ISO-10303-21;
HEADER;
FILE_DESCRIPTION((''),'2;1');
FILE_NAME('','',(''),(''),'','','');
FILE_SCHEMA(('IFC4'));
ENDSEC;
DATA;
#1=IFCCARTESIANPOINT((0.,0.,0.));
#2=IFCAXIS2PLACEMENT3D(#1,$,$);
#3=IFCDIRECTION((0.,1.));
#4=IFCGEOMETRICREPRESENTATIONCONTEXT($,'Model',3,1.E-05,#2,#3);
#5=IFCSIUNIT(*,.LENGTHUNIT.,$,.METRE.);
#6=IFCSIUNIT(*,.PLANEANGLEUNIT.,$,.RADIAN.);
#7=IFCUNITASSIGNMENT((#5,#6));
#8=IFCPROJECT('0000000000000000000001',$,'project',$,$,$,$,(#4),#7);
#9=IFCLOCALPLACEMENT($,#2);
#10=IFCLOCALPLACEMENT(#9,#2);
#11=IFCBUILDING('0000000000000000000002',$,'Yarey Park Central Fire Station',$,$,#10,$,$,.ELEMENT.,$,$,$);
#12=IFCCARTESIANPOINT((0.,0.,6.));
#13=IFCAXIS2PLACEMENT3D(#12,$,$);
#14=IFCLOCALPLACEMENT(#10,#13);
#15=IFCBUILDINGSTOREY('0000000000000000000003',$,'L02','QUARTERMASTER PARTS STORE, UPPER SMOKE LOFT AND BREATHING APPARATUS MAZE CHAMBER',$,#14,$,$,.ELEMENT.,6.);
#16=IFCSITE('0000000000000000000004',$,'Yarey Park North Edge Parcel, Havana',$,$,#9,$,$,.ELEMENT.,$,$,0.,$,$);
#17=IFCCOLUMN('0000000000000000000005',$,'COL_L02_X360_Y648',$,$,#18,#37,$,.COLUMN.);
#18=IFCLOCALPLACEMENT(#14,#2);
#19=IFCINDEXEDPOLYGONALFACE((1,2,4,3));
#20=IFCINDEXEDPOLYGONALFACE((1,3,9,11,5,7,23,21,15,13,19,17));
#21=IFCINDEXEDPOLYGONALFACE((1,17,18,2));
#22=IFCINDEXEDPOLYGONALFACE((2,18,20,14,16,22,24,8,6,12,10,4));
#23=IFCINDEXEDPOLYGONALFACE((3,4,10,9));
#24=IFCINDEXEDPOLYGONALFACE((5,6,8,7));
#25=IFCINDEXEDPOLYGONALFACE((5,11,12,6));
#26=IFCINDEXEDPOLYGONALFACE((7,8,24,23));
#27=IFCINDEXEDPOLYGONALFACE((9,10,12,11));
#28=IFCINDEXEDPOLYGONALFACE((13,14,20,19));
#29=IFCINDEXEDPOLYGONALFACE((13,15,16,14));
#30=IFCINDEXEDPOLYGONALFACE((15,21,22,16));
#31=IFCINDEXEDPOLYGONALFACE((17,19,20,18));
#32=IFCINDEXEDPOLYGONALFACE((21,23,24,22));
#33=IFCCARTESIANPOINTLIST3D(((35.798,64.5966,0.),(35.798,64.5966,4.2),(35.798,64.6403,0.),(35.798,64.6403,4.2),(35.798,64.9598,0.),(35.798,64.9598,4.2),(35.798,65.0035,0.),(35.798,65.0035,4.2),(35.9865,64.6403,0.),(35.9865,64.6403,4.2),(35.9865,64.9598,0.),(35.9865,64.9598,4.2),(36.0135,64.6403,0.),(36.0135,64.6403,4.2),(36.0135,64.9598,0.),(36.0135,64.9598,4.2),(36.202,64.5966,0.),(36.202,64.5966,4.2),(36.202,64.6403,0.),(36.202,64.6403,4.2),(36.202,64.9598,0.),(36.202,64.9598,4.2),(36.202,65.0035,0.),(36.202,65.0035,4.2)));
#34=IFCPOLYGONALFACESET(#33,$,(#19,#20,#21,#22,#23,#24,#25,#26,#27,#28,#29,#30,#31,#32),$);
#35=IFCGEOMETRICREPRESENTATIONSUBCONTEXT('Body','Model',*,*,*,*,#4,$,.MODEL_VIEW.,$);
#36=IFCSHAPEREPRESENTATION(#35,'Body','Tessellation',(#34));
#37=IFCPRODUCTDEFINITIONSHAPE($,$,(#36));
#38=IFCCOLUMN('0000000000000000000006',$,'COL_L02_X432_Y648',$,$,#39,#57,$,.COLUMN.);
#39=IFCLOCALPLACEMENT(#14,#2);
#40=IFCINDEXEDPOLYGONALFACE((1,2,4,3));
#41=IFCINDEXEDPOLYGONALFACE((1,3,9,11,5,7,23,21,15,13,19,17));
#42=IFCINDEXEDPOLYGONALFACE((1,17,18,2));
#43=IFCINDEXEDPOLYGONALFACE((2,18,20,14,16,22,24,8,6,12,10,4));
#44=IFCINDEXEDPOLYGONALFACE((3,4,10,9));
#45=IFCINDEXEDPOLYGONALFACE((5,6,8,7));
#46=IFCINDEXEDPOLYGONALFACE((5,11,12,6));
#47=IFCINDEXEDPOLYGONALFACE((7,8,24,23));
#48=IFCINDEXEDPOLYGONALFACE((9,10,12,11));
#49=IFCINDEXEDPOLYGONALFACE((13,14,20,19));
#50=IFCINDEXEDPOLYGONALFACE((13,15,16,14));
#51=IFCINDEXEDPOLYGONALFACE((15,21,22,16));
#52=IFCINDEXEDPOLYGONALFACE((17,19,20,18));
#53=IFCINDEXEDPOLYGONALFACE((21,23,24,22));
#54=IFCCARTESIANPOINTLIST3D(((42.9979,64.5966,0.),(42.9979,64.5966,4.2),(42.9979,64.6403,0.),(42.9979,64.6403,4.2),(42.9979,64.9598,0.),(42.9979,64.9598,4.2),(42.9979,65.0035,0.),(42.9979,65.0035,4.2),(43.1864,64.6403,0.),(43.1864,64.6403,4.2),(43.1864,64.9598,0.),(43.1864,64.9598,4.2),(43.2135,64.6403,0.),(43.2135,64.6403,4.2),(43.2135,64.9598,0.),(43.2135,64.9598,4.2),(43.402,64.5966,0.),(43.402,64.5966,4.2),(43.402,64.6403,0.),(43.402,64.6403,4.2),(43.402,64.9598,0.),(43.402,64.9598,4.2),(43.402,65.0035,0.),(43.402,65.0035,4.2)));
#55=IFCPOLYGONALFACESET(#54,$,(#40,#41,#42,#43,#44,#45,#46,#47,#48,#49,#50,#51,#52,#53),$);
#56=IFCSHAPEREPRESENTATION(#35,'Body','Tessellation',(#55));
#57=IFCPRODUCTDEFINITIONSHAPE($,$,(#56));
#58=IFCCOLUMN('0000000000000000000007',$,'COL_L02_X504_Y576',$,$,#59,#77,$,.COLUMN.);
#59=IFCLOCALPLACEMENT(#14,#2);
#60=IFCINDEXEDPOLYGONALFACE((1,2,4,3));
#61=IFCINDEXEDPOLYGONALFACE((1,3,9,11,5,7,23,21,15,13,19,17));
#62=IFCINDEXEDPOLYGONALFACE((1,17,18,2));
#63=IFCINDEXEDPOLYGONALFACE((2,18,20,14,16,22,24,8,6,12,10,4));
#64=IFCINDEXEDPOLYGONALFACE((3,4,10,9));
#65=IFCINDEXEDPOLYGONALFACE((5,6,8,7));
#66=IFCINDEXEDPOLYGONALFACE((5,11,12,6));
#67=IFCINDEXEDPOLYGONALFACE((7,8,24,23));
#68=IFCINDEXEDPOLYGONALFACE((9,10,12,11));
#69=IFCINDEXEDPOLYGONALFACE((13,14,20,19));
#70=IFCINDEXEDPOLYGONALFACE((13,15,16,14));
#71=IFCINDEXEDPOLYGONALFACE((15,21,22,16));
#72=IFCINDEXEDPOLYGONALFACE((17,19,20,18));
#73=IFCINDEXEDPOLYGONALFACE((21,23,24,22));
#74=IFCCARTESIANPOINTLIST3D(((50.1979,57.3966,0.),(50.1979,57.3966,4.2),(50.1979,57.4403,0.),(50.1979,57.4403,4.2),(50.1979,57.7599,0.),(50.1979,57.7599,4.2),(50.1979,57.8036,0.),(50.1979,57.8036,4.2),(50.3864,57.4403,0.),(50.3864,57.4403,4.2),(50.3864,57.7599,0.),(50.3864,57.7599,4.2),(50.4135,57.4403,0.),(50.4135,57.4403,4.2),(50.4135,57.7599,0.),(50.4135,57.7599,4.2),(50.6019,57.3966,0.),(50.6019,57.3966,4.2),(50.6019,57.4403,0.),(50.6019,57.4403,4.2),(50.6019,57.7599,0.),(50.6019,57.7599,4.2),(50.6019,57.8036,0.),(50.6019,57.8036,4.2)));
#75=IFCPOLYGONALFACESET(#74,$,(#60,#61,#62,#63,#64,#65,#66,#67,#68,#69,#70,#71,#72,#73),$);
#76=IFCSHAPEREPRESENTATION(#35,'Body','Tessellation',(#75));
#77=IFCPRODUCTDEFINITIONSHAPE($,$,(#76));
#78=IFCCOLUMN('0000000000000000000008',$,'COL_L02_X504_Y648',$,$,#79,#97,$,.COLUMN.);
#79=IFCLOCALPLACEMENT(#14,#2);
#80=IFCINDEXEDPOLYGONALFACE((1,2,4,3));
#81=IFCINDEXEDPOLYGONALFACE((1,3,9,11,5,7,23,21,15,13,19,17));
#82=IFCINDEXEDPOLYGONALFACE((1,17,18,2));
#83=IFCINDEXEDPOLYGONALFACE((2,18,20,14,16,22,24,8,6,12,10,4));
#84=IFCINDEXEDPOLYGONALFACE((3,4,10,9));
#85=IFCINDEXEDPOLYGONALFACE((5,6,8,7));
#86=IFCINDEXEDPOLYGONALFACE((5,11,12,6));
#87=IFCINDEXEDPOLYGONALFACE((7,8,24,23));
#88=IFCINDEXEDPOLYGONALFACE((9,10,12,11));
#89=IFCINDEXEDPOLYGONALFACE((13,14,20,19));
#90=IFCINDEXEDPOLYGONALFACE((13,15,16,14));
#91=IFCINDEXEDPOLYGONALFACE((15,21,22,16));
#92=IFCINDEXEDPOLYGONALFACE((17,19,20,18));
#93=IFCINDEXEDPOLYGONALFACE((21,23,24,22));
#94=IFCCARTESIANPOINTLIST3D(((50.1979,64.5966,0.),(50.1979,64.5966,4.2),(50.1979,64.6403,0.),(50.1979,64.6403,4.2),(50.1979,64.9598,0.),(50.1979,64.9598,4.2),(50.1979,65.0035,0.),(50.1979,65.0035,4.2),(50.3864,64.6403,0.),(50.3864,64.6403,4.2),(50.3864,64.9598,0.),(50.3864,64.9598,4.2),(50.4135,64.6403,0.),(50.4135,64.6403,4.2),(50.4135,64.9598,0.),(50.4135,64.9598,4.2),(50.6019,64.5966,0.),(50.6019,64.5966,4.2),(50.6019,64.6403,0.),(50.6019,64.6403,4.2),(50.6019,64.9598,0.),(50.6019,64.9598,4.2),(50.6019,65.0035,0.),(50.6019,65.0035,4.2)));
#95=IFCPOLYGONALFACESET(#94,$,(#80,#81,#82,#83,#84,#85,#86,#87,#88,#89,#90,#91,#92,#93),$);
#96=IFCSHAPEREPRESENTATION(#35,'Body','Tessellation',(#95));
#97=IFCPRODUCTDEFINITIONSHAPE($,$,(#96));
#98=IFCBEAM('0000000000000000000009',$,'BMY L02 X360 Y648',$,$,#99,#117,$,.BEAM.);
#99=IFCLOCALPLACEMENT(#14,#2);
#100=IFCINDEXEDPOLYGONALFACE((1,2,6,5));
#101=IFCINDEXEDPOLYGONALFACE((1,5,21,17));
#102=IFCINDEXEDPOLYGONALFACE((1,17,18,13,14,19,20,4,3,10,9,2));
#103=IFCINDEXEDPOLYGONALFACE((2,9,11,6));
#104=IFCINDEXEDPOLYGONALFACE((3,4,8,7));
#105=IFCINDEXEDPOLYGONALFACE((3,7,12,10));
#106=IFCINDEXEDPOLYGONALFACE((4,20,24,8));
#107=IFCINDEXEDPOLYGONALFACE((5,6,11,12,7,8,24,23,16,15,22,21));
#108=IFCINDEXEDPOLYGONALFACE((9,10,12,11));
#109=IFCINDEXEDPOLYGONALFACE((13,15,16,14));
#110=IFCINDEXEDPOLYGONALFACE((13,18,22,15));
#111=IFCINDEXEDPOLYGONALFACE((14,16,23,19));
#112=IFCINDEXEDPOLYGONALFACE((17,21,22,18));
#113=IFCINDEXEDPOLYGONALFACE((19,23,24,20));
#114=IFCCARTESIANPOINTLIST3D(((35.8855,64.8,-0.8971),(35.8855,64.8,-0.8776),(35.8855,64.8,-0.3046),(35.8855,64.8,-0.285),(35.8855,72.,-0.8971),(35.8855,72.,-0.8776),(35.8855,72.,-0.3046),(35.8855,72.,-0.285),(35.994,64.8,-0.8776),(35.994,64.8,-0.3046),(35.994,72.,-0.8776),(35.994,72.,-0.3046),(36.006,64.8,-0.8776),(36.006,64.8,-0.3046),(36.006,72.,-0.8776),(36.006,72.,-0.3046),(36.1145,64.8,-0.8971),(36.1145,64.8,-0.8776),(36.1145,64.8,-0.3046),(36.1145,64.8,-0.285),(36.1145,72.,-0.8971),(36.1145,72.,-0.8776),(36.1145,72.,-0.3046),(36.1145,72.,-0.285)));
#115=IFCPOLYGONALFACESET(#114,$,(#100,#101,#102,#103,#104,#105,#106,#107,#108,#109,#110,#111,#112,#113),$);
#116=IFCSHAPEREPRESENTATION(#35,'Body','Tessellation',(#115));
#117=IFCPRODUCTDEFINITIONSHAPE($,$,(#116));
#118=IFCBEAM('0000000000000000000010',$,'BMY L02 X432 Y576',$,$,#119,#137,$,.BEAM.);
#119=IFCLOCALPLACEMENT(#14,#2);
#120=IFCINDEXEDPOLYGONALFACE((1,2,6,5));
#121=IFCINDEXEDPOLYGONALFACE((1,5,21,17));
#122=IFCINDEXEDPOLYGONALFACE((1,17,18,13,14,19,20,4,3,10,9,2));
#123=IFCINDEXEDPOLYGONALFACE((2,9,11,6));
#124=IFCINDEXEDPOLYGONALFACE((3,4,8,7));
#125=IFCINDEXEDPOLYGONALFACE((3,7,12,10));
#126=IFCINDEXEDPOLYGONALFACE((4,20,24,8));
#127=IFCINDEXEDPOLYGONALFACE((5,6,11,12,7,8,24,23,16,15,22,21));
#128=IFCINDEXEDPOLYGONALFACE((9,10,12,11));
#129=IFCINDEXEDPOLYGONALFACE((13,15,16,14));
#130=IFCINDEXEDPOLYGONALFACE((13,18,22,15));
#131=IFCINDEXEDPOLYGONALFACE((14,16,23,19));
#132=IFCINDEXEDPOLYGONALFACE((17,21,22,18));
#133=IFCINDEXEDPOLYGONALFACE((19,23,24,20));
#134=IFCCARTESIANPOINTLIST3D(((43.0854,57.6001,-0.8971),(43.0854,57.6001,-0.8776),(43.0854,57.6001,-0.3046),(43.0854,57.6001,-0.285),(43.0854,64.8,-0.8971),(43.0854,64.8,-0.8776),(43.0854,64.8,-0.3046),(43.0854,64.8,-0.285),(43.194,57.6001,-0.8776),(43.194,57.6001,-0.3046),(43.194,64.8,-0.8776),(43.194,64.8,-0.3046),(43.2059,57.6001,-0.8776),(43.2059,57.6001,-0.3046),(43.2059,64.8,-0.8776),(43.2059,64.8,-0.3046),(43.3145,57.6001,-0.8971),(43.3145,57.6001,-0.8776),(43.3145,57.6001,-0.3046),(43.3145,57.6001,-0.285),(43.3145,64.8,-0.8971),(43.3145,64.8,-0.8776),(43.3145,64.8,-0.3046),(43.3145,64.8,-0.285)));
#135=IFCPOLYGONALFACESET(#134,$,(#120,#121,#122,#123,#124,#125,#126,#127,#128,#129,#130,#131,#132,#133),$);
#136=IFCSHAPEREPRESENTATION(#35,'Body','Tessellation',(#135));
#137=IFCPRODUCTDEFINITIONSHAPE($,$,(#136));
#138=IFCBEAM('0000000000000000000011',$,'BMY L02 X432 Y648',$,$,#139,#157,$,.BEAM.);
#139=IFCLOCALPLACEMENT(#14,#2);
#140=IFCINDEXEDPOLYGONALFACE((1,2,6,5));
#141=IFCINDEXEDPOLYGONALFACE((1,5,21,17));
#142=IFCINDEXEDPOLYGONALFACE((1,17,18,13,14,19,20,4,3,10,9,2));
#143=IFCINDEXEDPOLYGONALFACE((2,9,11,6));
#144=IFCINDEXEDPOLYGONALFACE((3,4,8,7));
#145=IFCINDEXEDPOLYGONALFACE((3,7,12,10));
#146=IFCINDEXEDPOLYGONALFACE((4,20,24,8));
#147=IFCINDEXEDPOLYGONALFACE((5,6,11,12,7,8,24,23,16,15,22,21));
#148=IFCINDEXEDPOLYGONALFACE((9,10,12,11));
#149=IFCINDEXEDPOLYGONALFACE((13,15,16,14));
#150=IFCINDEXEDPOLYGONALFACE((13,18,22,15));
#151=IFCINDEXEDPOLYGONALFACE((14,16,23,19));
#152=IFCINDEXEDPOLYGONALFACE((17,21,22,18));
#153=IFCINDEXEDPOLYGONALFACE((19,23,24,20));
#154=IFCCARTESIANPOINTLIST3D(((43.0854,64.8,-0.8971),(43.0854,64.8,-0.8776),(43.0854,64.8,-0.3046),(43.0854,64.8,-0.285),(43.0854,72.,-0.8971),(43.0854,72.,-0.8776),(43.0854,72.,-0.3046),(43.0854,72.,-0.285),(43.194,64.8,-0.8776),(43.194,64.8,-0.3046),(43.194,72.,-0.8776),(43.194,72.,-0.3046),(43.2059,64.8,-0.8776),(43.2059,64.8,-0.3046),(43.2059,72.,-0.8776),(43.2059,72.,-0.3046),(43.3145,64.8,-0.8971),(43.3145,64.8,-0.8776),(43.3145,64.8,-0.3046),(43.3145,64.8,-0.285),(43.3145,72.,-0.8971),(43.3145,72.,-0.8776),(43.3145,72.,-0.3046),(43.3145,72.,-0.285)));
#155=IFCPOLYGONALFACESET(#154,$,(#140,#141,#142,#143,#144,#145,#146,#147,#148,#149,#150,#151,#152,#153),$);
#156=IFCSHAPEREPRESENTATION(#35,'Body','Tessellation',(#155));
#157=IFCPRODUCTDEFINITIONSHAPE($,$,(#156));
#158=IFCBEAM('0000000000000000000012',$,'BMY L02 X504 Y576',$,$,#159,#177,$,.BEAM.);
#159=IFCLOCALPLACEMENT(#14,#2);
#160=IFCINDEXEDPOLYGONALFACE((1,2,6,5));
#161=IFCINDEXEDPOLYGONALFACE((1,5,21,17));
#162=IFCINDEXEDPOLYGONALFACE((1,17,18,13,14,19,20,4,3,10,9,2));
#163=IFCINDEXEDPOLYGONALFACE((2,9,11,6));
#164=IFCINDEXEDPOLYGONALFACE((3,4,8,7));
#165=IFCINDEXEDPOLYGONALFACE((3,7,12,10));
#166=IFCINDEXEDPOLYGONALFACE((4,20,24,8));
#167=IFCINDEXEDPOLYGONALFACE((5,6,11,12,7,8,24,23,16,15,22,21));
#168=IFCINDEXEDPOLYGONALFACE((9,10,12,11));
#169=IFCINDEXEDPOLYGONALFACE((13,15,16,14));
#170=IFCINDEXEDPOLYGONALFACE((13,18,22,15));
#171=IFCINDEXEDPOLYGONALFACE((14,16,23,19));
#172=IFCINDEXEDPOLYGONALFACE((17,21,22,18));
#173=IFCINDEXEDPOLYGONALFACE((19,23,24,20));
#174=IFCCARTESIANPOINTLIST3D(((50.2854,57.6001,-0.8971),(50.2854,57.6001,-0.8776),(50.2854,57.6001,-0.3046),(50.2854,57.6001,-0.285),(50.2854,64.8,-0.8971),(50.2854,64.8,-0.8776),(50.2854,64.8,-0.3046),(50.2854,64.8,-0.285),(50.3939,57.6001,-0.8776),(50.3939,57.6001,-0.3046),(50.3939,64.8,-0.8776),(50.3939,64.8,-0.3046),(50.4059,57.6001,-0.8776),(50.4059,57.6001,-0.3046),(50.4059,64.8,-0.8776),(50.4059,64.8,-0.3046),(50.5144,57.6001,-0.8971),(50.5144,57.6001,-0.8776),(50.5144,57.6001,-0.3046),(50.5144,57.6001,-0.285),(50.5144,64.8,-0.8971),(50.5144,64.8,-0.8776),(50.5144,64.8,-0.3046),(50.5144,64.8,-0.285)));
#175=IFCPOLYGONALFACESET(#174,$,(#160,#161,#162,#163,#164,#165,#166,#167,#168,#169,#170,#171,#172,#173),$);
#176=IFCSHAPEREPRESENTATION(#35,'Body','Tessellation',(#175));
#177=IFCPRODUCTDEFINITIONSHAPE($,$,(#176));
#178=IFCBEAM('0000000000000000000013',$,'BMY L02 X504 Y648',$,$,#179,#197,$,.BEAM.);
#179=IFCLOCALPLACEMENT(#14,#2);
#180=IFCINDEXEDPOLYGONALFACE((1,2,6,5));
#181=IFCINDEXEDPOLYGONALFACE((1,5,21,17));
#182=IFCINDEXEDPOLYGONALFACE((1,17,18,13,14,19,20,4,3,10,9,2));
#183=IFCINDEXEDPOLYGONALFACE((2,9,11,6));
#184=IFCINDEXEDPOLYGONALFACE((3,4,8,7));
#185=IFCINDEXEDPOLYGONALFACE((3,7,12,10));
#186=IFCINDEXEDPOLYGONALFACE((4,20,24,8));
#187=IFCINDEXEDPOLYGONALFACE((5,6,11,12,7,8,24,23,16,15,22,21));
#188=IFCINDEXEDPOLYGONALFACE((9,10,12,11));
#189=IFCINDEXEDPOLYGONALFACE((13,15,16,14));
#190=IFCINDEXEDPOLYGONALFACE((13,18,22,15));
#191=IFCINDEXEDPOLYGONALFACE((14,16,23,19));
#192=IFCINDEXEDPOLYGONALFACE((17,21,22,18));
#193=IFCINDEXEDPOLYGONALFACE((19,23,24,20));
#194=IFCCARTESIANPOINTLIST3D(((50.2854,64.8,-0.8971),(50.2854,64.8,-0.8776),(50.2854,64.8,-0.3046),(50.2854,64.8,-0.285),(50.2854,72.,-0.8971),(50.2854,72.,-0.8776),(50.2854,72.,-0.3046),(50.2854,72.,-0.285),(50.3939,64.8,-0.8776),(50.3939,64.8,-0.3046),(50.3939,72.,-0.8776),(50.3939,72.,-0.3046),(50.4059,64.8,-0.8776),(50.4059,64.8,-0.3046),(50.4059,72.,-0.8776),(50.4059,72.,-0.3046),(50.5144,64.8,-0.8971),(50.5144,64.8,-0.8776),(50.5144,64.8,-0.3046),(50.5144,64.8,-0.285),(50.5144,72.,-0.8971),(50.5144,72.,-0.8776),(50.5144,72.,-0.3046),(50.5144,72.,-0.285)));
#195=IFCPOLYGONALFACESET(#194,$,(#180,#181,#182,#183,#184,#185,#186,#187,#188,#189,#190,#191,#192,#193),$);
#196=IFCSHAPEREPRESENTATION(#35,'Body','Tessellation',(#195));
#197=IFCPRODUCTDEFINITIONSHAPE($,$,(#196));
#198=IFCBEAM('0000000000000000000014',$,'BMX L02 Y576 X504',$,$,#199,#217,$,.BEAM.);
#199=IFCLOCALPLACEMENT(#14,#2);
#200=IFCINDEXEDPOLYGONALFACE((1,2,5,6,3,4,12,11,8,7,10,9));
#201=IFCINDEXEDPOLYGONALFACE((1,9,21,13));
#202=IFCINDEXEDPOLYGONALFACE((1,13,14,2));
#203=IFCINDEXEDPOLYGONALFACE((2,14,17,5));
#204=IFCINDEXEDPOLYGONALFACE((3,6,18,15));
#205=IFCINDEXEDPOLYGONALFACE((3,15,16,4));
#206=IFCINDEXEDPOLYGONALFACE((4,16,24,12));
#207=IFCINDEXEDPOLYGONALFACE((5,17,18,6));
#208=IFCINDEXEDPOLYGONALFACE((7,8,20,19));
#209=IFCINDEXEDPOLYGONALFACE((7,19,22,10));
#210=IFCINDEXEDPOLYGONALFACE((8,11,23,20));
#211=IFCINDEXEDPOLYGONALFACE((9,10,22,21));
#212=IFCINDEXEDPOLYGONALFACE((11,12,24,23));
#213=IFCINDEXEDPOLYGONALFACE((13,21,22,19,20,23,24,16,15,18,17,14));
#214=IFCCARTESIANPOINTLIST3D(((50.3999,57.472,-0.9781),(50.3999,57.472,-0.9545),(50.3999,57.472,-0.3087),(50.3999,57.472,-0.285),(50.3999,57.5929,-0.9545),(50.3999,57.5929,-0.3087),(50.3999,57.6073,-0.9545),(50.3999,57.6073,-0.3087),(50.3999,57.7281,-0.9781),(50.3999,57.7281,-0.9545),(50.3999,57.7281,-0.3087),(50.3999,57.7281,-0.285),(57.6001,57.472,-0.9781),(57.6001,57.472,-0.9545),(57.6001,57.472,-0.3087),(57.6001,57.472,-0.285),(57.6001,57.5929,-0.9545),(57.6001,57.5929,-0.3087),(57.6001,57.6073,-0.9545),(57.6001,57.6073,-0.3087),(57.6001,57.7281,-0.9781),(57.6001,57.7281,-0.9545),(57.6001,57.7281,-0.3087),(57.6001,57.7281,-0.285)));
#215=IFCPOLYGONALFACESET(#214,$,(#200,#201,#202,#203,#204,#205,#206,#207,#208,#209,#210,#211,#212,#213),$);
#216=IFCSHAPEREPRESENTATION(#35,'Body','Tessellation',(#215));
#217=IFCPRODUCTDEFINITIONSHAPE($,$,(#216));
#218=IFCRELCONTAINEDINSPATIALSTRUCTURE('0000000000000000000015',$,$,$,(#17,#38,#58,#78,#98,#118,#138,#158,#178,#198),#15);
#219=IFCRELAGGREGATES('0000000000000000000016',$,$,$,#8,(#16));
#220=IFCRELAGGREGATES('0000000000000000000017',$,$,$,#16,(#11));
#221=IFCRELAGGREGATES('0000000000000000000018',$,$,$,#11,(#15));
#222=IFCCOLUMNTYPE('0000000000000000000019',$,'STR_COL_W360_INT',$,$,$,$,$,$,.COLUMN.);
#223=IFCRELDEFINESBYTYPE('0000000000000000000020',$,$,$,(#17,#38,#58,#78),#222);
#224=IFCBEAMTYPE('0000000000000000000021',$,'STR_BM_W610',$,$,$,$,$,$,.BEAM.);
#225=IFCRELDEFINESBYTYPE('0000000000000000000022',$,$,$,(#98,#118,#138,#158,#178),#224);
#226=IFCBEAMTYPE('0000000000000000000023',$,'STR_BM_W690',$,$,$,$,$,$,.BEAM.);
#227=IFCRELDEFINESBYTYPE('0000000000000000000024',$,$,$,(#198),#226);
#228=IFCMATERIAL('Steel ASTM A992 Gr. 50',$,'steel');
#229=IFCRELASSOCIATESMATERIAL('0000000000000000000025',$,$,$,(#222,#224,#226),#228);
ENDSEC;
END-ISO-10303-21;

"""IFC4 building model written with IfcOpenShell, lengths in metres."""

from ifc_helpers import new_model, si_unit, direction, frame, origin, origin_2d, place, context, subcontext, project, spatial, i_section, extrude, material, material_profile, profile_set, type_object, element, save


model = new_model("IFC4")

# Units and contexts
model_context = context("Model", 3, precision=1e-05, world=origin(), true_north=direction((0.0, 1.0)))
body_context = subcontext(model_context, "Body", "Model", "MODEL_VIEW")
ifc_project = project(units=[si_unit("LENGTHUNIT", "METRE"), si_unit("PLANEANGLEUNIT", "RADIAN")], contexts=[model_context])

# Site, building, storey
site_placement = place(None, origin())
site = spatial("IfcSite", under=ifc_project, at=site_placement, Name="Yarey Park North Edge Parcel, Havana", CompositionType="ELEMENT", RefElevation=0.0)
building_placement = place(site_placement, origin())
building = spatial("IfcBuilding", under=site, at=building_placement, Name="Yarey Park Central Fire Station", CompositionType="ELEMENT")
storey_placement = place(building_placement, frame((0.0, 0.0, 6.0)))
storey = spatial("IfcBuildingStorey", under=building, at=storey_placement, Name="L02", Description="QUARTERMASTER PARTS STORE, UPPER SMOKE LOFT AND BREATHING APPARATUS MAZE CHAMBER", CompositionType="ELEMENT", Elevation=6.0)

# Columns
ifc_material_1 = material(Name="Steel ASTM A992 Gr. 50", Category="steel")
ifc_material_profile_1 = material_profile(ifc_material_1, i_section(OverallWidth=0.4041, OverallDepth=0.407, WebThickness=0.0271, FlangeThickness=0.0437, at=origin_2d()), Name="W360x347")
ifc_profile_set_1 = profile_set([ifc_material_profile_1], Name="Steel ASTM A992 Gr. 50")
column_type = type_object("IfcColumnType", Name="STR_COL_W360_INT", PredefinedType="COLUMN", material=ifc_profile_set_1)
for number, where, z_axis, x_axis, name in (
    (1, (36.0, 64.8, 0.0), (0.0, 0.0, 1.0), (1.0, 0.0, 0.0), "COL_L02_X360_Y648"),
    (2, (43.2, 64.8, 0.0), (0.0, 0.0, 1.0), (1.0, 0.0, 0.0), "COL_L02_X432_Y648"),
    (3, (50.3999, 57.6001, 0.0), (0.0, 0.0, 1.0), (1.0, 0.0, 0.0), "COL_L02_X504_Y576"),
    (4, (50.3999, 64.8, 0.0), (0.0, 0.0, 1.0), (1.0, 0.0, 0.0), "COL_L02_X504_Y648"),
):
    element("IfcColumn", number, at=place(storey_placement, frame(where, z_axis=z_axis, x_axis=x_axis)), inside=storey, type_object=column_type, Name=name, PredefinedType="COLUMN", context=body_context, shape_type="SweptSolid", body=[
        extrude(i_section(OverallWidth=0.4041, OverallDepth=0.407, WebThickness=0.0271, FlangeThickness=0.0437, at=origin_2d()), origin(), (0.0, 0.0, 1.0), 4.2),
    ])

# Beams
ifc_material_profile_2 = material_profile(ifc_material_1, i_section(OverallWidth=0.229, OverallDepth=0.6121, WebThickness=0.012, FlangeThickness=0.0195, at=origin_2d()), Name="W610x125")
ifc_profile_set_2 = profile_set([ifc_material_profile_2], Name="Steel ASTM A992 Gr. 50")
beam_type_1 = type_object("IfcBeamType", Name="STR_BM_W610", PredefinedType="BEAM", material=ifc_profile_set_2)
for number, where, z_axis, x_axis, name in (
    (5, (36.0, 64.8, -0.5911), (0.0, 1.0, 0.0), (-1.0, 0.0, 0.0), "BMY L02 X360 Y648"),
    (6, (43.2, 57.6001, -0.5911), (0.0, 1.0, 0.0), (-1.0, 0.0, 0.0), "BMY L02 X432 Y576"),
    (7, (43.2, 64.8, -0.5911), (0.0, 1.0, 0.0), (-1.0, 0.0, 0.0), "BMY L02 X432 Y648"),
    (8, (50.3999, 57.6001, -0.5911), (0.0, 1.0, 0.0), (-1.0, 0.0, 0.0), "BMY L02 X504 Y576"),
    (9, (50.3999, 64.8, -0.5911), (0.0, 1.0, 0.0), (-1.0, 0.0, 0.0), "BMY L02 X504 Y648"),
):
    element("IfcBeam", number, at=place(storey_placement, frame(where, z_axis=z_axis, x_axis=x_axis)), inside=storey, type_object=beam_type_1, Name=name, PredefinedType="BEAM", context=body_context, shape_type="SweptSolid", body=[
        extrude(i_section(OverallWidth=0.229, OverallDepth=0.6121, WebThickness=0.012, FlangeThickness=0.0195, at=origin_2d()), origin(), (0.0, 0.0, 1.0), 7.2),
    ])
ifc_material_profile_3 = material_profile(ifc_material_1, i_section(OverallWidth=0.2561, OverallDepth=0.6931, WebThickness=0.0144, FlangeThickness=0.0237, at=origin_2d()), Name="W690x170")
ifc_profile_set_3 = profile_set([ifc_material_profile_3], Name="Steel ASTM A992 Gr. 50")
beam_type_2 = type_object("IfcBeamType", Name="STR_BM_W690", PredefinedType="BEAM", material=ifc_profile_set_3)
beam_placement = place(storey_placement, frame((50.3999, 57.6001, -0.6316), z_axis=(1.0, 0.0, 0.0), x_axis=(0.0, 1.0, 0.0)))
element("IfcBeam", 10, at=beam_placement, inside=storey, type_object=beam_type_2, Name="BMX L02 Y576 X504", PredefinedType="BEAM", context=body_context, shape_type="SweptSolid", body=[
    extrude(i_section(OverallWidth=0.2561, OverallDepth=0.6931, WebThickness=0.0144, FlangeThickness=0.0237, at=origin_2d()), origin(), (0.0, 0.0, 1.0), 7.2002),
])

save(model, "model.ifc")
